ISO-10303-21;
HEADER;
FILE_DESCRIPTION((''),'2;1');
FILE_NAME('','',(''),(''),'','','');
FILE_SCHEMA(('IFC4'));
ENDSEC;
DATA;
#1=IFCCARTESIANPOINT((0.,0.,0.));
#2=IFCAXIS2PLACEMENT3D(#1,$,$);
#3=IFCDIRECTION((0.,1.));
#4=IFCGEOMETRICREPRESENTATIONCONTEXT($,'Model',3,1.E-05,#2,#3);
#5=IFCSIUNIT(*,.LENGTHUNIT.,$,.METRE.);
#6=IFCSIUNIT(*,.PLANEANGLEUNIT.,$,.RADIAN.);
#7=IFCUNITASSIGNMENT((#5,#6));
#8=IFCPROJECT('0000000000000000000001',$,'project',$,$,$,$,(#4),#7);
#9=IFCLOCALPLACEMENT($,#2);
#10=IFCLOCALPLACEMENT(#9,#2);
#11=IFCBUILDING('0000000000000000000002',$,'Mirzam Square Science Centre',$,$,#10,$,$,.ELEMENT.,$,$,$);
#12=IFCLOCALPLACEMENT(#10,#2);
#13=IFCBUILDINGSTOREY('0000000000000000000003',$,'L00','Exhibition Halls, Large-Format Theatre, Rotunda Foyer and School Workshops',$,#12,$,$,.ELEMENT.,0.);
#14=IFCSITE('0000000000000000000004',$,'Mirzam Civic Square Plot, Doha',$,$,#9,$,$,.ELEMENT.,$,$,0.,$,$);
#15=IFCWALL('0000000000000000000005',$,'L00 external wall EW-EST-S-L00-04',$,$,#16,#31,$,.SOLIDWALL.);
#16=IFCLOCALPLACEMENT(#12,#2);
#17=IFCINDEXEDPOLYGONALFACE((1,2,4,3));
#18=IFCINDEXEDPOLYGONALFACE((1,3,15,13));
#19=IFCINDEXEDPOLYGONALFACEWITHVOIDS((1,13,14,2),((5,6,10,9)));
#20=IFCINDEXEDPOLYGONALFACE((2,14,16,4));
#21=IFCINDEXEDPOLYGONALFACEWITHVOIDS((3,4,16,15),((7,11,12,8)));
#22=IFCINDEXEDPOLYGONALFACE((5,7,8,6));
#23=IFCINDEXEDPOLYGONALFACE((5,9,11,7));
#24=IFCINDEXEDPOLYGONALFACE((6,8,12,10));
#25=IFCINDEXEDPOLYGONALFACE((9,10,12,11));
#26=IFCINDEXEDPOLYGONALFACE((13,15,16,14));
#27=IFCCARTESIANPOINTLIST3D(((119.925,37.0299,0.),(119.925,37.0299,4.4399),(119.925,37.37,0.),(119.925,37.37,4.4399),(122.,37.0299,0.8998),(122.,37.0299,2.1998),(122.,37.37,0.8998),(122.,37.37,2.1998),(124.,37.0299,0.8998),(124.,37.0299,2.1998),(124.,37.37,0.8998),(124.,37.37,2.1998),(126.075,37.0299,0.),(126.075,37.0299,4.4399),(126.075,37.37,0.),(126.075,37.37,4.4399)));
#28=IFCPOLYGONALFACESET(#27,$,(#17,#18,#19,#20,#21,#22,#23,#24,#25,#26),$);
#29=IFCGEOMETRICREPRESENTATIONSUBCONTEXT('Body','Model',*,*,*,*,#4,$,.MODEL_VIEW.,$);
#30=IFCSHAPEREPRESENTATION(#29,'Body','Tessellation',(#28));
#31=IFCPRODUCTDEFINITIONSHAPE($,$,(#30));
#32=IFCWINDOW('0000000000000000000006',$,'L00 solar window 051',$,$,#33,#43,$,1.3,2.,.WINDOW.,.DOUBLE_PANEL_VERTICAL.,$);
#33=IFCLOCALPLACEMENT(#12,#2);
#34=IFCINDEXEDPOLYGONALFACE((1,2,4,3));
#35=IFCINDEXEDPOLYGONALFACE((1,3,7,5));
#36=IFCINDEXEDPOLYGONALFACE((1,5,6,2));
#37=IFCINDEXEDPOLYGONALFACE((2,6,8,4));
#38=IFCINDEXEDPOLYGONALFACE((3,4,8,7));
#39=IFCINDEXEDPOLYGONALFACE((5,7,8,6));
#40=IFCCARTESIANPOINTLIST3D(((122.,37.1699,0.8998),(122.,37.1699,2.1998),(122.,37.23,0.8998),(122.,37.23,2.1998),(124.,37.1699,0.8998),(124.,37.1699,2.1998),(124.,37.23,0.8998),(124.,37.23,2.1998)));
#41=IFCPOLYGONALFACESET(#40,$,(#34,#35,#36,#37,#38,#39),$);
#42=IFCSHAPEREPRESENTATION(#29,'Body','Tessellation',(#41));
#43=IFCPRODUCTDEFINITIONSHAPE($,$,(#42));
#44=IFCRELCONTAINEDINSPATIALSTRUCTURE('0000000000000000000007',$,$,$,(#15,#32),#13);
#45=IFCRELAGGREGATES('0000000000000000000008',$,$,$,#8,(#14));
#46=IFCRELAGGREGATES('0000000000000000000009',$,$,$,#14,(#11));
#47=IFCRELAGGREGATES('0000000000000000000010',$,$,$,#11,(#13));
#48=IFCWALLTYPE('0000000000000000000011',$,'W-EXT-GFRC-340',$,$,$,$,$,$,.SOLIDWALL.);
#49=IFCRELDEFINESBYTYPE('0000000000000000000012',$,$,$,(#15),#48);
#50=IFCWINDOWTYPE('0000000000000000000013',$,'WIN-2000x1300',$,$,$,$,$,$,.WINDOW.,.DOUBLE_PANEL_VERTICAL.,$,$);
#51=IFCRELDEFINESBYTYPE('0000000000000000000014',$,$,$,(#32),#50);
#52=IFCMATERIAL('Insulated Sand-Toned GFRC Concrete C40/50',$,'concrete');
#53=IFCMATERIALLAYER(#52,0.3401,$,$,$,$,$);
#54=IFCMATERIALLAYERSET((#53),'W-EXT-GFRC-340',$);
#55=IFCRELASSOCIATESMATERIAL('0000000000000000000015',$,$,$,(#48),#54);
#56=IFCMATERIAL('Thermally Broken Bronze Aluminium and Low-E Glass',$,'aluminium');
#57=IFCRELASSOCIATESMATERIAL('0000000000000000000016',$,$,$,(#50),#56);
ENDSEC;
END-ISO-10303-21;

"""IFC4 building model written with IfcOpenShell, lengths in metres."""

from ifc_helpers import new_model, si_unit, direction, frame, frame_2d, origin, place, context, subcontext, project, spatial, rectangle, extrude, material, layer, layer_set, type_object, element, fill, save


model = new_model("IFC4")

# Units and contexts
model_context = context("Model", 3, precision=1e-05, world=origin(), true_north=direction((0.0, 1.0)))
body_context = subcontext(model_context, "Body", "Model", "MODEL_VIEW")
ifc_project = project(units=[si_unit("LENGTHUNIT", "METRE"), si_unit("PLANEANGLEUNIT", "RADIAN")], contexts=[model_context])

# Site, building, storey
site_placement = place(None, origin())
site = spatial("IfcSite", under=ifc_project, at=site_placement, Name="Mirzam Civic Square Plot, Doha", CompositionType="ELEMENT", RefElevation=0.0)
building_placement = place(site_placement, origin())
building = spatial("IfcBuilding", under=site, at=building_placement, Name="Mirzam Square Science Centre", CompositionType="ELEMENT")
storey_placement = place(building_placement, origin())
storey = spatial("IfcBuildingStorey", under=building, at=storey_placement, Name="L00", Description="Exhibition Halls, Large-Format Theatre, Rotunda Foyer and School Workshops", CompositionType="ELEMENT", Elevation=0.0)

# Wall, opening, window
ifc_material_1 = material(Name="Insulated Sand-Toned GFRC Concrete C40/50", Category="concrete")
ifc_layer_1 = layer(ifc_material_1, 0.3401)
ifc_layer_set_1 = layer_set([ifc_layer_1], Name="W-EXT-GFRC-340")
wall_type = type_object("IfcWallType", Name="W-EXT-GFRC-340", PredefinedType="SOLIDWALL", material=ifc_layer_set_1)
wall_placement = place(storey_placement, frame((119.925, 37.2, 0.0), z_axis=(0.0, 0.0, 1.0), x_axis=(1.0, 0.0, 0.0)))
wall = element("IfcWall", 1, at=wall_placement, inside=storey, type_object=wall_type, Name="L00 external wall EW-EST-S-L00-04", PredefinedType="SOLIDWALL", context=body_context, shape_type="SweptSolid", body=[
    extrude(rectangle(XDim=6.1499, YDim=0.3401, at=frame_2d((3.075, 0.0))), origin(), (0.0, 0.0, 1.0), 4.4399),
])
opening_placement = place(wall_placement, frame((2.075, 0.0, 0.8999)))
opening = element("IfcOpeningElement", 2, at=opening_placement, cuts=wall, PredefinedType="OPENING", context=body_context, shape_type="SweptSolid", body=[
    extrude(rectangle(XDim=2.0, YDim=1.3, at=frame_2d((1.0, 0.6499))), frame((0.0, 0.1799, 0.0), z_axis=(0.0, -1.0, 0.0), x_axis=(1.0, 0.0, 0.0)), (0.0, 0.0, 1.0), 0.3601),
])
ifc_material_2 = material(Name="Thermally Broken Bronze Aluminium and Low-E Glass", Category="aluminium")
window_type = type_object("IfcWindowType", Name="WIN-2000x1300", PartitioningType="DOUBLE_PANEL_VERTICAL", PredefinedType="WINDOW", material=ifc_material_2)
window_placement = place(opening_placement, origin())
window = element("IfcWindow", 3, at=window_placement, inside=storey, type_object=window_type, Name="L00 solar window 051", OverallHeight=1.3, OverallWidth=2.0, PartitioningType="DOUBLE_PANEL_VERTICAL", PredefinedType="WINDOW", context=body_context, shape_type="SweptSolid", body=[
    extrude(rectangle(XDim=2.0, YDim=1.3, at=frame_2d((1.0, 0.6499))), frame((0.0, 0.03, 0.0), z_axis=(0.0, -1.0, 0.0), x_axis=(1.0, 0.0, 0.0)), (0.0, 0.0, 1.0), 0.0601),
])
fill(opening, window)

save(model, "model.ifc")
